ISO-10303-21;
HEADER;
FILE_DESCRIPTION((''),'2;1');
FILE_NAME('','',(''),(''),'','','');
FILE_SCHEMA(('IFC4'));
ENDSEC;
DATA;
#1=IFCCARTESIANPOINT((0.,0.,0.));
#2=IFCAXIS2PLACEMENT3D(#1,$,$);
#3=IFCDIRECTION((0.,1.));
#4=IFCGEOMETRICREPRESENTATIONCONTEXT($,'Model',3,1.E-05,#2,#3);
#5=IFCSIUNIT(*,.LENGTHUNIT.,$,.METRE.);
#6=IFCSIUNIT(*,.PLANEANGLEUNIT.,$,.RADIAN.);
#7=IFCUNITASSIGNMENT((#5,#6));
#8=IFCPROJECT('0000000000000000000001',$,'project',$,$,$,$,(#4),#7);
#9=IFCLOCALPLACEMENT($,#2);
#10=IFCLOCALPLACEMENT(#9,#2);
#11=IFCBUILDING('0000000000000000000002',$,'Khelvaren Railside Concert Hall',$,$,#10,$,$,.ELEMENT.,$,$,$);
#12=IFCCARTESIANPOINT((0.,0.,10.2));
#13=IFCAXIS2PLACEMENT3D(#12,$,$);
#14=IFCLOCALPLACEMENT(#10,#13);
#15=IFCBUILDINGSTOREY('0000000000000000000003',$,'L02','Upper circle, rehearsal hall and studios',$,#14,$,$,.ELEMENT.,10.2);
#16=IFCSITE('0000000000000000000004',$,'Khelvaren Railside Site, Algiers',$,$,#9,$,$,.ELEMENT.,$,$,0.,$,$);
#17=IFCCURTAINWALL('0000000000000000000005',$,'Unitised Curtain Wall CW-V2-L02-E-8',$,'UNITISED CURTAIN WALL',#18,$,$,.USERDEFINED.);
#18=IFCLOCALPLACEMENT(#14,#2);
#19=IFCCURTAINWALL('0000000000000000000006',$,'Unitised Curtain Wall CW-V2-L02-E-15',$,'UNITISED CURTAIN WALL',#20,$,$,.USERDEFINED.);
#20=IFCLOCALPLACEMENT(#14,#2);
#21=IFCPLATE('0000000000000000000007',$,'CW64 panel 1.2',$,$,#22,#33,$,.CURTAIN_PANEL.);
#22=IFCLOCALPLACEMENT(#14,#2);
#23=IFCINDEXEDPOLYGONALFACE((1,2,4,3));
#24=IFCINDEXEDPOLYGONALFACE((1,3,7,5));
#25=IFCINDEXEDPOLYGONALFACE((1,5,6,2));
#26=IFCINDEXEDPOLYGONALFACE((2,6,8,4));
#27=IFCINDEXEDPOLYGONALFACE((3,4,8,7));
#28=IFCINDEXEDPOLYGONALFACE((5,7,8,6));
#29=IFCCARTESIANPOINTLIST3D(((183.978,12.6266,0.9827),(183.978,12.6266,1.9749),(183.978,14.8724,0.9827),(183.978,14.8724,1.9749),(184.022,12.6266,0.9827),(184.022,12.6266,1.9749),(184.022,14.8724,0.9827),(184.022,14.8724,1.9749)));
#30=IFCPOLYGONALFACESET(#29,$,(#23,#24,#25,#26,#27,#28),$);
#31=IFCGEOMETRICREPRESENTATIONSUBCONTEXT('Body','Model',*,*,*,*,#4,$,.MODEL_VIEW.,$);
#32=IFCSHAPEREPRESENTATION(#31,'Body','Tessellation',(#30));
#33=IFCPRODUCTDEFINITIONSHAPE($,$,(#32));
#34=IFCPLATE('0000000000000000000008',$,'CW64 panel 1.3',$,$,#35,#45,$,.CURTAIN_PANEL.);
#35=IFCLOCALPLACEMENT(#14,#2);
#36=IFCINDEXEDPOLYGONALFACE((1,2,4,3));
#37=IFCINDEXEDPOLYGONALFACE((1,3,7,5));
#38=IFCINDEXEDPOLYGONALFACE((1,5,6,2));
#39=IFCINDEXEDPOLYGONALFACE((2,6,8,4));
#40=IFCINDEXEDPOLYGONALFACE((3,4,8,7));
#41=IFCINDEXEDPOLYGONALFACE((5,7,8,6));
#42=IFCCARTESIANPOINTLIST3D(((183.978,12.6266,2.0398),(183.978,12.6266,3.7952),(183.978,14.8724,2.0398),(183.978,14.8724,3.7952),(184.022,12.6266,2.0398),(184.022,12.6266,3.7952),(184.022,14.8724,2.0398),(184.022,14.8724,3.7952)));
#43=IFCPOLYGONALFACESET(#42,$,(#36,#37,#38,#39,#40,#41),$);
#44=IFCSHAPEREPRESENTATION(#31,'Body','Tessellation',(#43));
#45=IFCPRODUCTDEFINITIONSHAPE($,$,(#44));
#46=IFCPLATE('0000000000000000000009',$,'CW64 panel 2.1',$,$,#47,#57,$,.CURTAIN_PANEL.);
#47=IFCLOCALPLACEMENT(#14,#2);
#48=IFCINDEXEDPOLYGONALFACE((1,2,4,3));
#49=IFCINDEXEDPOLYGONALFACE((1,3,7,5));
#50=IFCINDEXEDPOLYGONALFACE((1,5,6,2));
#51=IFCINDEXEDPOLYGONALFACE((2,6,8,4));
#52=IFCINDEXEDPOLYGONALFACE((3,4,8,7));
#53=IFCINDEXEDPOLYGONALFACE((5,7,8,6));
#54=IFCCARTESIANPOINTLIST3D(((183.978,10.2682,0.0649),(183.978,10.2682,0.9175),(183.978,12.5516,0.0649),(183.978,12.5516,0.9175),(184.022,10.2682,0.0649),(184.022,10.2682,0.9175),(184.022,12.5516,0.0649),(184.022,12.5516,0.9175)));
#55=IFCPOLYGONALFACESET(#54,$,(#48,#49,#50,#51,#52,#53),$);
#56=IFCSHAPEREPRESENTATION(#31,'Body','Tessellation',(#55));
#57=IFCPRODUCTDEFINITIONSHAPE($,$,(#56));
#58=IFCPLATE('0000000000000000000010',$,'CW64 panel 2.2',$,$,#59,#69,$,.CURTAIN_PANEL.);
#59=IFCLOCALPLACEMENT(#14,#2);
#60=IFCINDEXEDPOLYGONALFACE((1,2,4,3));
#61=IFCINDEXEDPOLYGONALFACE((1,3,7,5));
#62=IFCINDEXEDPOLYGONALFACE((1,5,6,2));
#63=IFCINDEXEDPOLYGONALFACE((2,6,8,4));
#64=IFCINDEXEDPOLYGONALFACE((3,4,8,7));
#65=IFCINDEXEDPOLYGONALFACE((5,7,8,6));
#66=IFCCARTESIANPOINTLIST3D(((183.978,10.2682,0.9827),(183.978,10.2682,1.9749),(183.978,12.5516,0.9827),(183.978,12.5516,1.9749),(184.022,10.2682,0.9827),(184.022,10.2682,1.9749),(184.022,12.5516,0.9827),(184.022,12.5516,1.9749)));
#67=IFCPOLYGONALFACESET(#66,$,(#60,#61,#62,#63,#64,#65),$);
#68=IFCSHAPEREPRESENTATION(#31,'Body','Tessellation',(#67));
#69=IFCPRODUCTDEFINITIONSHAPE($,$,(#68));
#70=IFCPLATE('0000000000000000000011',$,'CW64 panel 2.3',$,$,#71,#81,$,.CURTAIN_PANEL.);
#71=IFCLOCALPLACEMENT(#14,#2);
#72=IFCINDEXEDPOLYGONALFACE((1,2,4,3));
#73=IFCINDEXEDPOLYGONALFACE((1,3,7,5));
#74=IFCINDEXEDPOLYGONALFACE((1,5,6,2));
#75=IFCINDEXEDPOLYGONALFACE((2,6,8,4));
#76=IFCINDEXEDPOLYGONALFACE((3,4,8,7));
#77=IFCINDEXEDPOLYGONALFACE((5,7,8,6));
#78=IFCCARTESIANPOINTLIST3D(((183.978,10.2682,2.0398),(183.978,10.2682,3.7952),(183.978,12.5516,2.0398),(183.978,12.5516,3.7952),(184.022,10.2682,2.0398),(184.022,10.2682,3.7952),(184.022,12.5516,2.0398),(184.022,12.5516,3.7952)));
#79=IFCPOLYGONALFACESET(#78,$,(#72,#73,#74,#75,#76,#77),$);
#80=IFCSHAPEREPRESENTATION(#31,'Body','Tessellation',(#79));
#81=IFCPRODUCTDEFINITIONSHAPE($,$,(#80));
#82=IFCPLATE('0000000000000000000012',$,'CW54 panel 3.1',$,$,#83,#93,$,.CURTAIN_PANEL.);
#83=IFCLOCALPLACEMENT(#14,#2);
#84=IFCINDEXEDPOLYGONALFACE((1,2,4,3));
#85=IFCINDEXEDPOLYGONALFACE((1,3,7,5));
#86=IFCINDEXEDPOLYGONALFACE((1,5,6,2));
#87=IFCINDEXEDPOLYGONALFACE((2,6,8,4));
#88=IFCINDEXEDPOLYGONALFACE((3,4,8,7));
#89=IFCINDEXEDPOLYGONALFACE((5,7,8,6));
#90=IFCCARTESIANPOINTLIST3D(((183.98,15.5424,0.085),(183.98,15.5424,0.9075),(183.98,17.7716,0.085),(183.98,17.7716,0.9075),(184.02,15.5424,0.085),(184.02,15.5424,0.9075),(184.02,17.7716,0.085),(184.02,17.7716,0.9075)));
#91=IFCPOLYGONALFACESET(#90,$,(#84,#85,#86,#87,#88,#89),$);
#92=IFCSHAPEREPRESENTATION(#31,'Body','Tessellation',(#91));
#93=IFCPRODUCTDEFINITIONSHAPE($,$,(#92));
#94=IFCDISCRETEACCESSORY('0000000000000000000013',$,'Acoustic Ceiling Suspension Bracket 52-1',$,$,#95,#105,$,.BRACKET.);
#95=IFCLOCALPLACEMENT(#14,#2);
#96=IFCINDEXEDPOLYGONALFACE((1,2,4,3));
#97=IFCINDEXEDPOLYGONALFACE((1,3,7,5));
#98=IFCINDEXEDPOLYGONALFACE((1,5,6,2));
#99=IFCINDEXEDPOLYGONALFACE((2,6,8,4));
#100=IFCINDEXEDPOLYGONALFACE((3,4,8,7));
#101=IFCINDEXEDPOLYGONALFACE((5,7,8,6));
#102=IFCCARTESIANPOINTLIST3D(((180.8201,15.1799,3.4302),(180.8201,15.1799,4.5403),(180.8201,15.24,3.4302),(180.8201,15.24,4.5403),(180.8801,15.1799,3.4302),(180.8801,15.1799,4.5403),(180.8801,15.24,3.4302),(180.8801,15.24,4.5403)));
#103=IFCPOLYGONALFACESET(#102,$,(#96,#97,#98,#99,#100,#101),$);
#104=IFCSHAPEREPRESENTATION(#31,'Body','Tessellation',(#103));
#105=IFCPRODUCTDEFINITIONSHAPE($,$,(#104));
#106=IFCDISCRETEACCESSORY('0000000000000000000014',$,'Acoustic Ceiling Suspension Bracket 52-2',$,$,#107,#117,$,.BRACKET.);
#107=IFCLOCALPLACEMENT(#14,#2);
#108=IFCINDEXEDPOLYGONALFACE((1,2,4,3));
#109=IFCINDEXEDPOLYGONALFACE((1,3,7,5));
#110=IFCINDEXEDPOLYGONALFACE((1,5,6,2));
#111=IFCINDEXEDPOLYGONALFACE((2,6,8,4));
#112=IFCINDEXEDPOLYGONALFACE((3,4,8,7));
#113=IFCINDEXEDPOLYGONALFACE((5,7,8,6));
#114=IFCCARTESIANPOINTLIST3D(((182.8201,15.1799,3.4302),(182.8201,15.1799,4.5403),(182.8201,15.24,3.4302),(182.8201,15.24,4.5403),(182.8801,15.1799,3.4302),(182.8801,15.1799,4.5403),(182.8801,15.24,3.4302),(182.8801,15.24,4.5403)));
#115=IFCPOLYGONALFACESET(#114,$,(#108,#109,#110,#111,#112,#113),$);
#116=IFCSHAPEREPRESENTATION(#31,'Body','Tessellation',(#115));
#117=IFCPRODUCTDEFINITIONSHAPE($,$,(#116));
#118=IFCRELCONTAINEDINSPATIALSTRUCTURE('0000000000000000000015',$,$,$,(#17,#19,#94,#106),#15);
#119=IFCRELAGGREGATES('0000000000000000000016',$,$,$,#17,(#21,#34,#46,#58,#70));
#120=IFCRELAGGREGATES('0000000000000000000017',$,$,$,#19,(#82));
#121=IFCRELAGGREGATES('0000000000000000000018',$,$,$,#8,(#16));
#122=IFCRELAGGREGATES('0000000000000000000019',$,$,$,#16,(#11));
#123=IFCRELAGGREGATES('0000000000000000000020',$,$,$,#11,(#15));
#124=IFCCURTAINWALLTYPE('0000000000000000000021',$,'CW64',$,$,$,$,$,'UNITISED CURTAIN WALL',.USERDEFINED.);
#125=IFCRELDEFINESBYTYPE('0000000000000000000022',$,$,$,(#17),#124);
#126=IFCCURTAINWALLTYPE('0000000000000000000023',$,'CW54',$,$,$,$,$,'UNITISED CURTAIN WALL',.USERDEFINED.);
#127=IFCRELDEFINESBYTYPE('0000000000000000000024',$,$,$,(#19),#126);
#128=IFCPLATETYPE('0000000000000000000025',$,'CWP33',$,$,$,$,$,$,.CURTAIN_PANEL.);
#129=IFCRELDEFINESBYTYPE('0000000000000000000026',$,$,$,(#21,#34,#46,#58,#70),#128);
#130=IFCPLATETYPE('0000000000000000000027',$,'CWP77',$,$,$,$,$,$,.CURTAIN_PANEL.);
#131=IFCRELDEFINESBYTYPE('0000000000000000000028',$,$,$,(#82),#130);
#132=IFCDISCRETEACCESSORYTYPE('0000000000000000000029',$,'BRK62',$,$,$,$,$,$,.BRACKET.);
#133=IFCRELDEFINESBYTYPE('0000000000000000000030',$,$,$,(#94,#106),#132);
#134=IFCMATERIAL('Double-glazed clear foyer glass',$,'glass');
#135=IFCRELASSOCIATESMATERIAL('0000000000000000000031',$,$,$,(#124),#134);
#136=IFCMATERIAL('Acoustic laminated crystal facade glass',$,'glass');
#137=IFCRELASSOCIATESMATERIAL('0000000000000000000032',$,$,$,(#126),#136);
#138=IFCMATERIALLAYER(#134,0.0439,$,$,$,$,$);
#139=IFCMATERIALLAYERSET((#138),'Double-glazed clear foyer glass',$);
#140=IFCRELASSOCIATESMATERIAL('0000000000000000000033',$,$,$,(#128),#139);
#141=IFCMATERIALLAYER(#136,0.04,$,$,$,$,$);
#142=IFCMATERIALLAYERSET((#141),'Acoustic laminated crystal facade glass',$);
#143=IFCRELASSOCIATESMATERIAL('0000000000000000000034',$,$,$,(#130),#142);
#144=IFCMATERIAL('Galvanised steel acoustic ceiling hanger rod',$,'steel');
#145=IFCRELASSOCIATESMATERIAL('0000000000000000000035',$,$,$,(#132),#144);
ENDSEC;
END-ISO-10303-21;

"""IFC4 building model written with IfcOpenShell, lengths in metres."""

from ifc_helpers import new_model, si_unit, direction, frame, origin, origin_2d, place, context, subcontext, project, spatial, rectangle, extrude, material, layer, layer_set, type_object, element, aggregate, save


model = new_model("IFC4")

# Units and contexts
model_context = context("Model", 3, precision=1e-05, world=origin(), true_north=direction((0.0, 1.0)))
body_context = subcontext(model_context, "Body", "Model", "MODEL_VIEW")
ifc_project = project(units=[si_unit("LENGTHUNIT", "METRE"), si_unit("PLANEANGLEUNIT", "RADIAN")], contexts=[model_context])

# Site, building, storey
site_placement = place(None, origin())
site = spatial("IfcSite", under=ifc_project, at=site_placement, Name="Khelvaren Railside Site, Algiers", CompositionType="ELEMENT", RefElevation=0.0)
building_placement = place(site_placement, origin())
building = spatial("IfcBuilding", under=site, at=building_placement, Name="Khelvaren Railside Concert Hall", CompositionType="ELEMENT")
storey_placement = place(building_placement, frame((0.0, 0.0, 10.2)))
storey = spatial("IfcBuildingStorey", under=building, at=storey_placement, Name="L02", Description="Upper circle, rehearsal hall and studios", CompositionType="ELEMENT", Elevation=10.2)

# Curtain wall
ifc_material_1 = material(Name="Double-glazed clear foyer glass", Category="glass")
curtain_wall_type_1 = type_object("IfcCurtainWallType", Name="CW64", ElementType="UNITISED CURTAIN WALL", PredefinedType="USERDEFINED", material=ifc_material_1)
curtain_wall_1_placement = place(storey_placement, origin())
curtain_wall_1 = element("IfcCurtainWall", 1, at=curtain_wall_1_placement, inside=storey, type_object=curtain_wall_type_1, Name="Unitised Curtain Wall CW-V2-L02-E-8", ObjectType="UNITISED CURTAIN WALL", PredefinedType="USERDEFINED")

# Curtain wall
ifc_material_2 = material(Name="Acoustic laminated crystal facade glass", Category="glass")
curtain_wall_type_2 = type_object("IfcCurtainWallType", Name="CW54", ElementType="UNITISED CURTAIN WALL", PredefinedType="USERDEFINED", material=ifc_material_2)
curtain_wall_2_placement = place(storey_placement, origin())
curtain_wall_2 = element("IfcCurtainWall", 2, at=curtain_wall_2_placement, inside=storey, type_object=curtain_wall_type_2, Name="Unitised Curtain Wall CW-V2-L02-E-15", ObjectType="UNITISED CURTAIN WALL", PredefinedType="USERDEFINED")

# Plates
ifc_layer_1 = layer(ifc_material_1, 0.0439)
ifc_layer_set_1 = layer_set([ifc_layer_1], Name="Double-glazed clear foyer glass")
plate_type_1 = type_object("IfcPlateType", Name="CWP33", PredefinedType="CURTAIN_PANEL", material=ifc_layer_set_1)
plate_1_placement = place(storey_placement, frame((184.0, 13.7495, 0.9827), z_axis=(0.0, 0.0, 1.0), x_axis=(0.0, -1.0, 0.0)))
plate_1 = element("IfcPlate", 3, at=plate_1_placement, type_object=plate_type_1, Name="CW64 panel 1.2", PredefinedType="CURTAIN_PANEL", context=body_context, shape_type="SweptSolid", body=[
    extrude(rectangle(XDim=2.2458, YDim=0.0439, at=origin_2d()), origin(), (0.0, 0.0, 1.0), 0.9922),
])
plate_2_placement = place(storey_placement, frame((184.0, 13.7495, 2.0398), z_axis=(0.0, 0.0, 1.0), x_axis=(0.0, -1.0, 0.0)))
plate_2 = element("IfcPlate", 4, at=plate_2_placement, type_object=plate_type_1, Name="CW64 panel 1.3", PredefinedType="CURTAIN_PANEL", context=body_context, shape_type="SweptSolid", body=[
    extrude(rectangle(XDim=2.2458, YDim=0.0439, at=origin_2d()), origin(), (0.0, 0.0, 1.0), 1.7554),
])
plate_3_placement = place(storey_placement, frame((184.0, 11.4099, 0.0649), z_axis=(0.0, 0.0, 1.0), x_axis=(0.0, -1.0, 0.0)))
plate_3 = element("IfcPlate", 5, at=plate_3_placement, type_object=plate_type_1, Name="CW64 panel 2.1", PredefinedType="CURTAIN_PANEL", context=body_context, shape_type="SweptSolid", body=[
    extrude(rectangle(XDim=2.2834, YDim=0.0439, at=origin_2d()), origin(), (0.0, 0.0, 1.0), 0.8525),
])
plate_4_placement = place(storey_placement, frame((184.0, 11.4099, 0.9827), z_axis=(0.0, 0.0, 1.0), x_axis=(0.0, -1.0, 0.0)))
plate_4 = element("IfcPlate", 6, at=plate_4_placement, type_object=plate_type_1, Name="CW64 panel 2.2", PredefinedType="CURTAIN_PANEL", context=body_context, shape_type="SweptSolid", body=[
    extrude(rectangle(XDim=2.2834, YDim=0.0439, at=origin_2d()), origin(), (0.0, 0.0, 1.0), 0.9922),
])
plate_5_placement = place(storey_placement, frame((184.0, 11.4099, 2.0398), z_axis=(0.0, 0.0, 1.0), x_axis=(0.0, -1.0, 0.0)))
plate_5 = element("IfcPlate", 7, at=plate_5_placement, type_object=plate_type_1, Name="CW64 panel 2.3", PredefinedType="CURTAIN_PANEL", context=body_context, shape_type="SweptSolid", body=[
    extrude(rectangle(XDim=2.2834, YDim=0.0439, at=origin_2d()), origin(), (0.0, 0.0, 1.0), 1.7554),
])
aggregate(curtain_wall_1, [plate_1, plate_2, plate_3, plate_4, plate_5])
ifc_layer_2 = layer(ifc_material_2, 0.04)
ifc_layer_set_2 = layer_set([ifc_layer_2], Name="Acoustic laminated crystal facade glass")
plate_type_2 = type_object("IfcPlateType", Name="CWP77", PredefinedType="CURTAIN_PANEL", material=ifc_layer_set_2)
plate_6_placement = place(storey_placement, frame((184.0, 16.657, 0.085), z_axis=(0.0, 0.0, 1.0), x_axis=(0.0, -1.0, 0.0)))
plate_6 = element("IfcPlate", 8, at=plate_6_placement, type_object=plate_type_2, Name="CW54 panel 3.1", PredefinedType="CURTAIN_PANEL", context=body_context, shape_type="SweptSolid", body=[
    extrude(rectangle(XDim=2.2292, YDim=0.04, at=origin_2d()), origin(), (0.0, 0.0, 1.0), 0.8225),
])
aggregate(curtain_wall_2, [plate_6])

# Discrete accessories
ifc_material_3 = material(Name="Galvanised steel acoustic ceiling hanger rod", Category="steel")
discrete_accessory_type = type_object("IfcDiscreteAccessoryType", Name="BRK62", PredefinedType="BRACKET", material=ifc_material_3)
for number, where, z_axis, x_axis, name in (
    (9, (180.8501, 15.21, 3.4302), (0.0, 0.0, 1.0), (1.0, 0.0, 0.0), "Acoustic Ceiling Suspension Bracket 52-1"),
    (10, (182.8501, 15.21, 3.4302), (0.0, 0.0, 1.0), (1.0, 0.0, 0.0), "Acoustic Ceiling Suspension Bracket 52-2"),
):
    element("IfcDiscreteAccessory", number, at=place(storey_placement, frame(where, z_axis=z_axis, x_axis=x_axis)), inside=storey, type_object=discrete_accessory_type, Name=name, PredefinedType="BRACKET", context=body_context, shape_type="SweptSolid", body=[
        extrude(rectangle(XDim=0.0601, YDim=0.0601, at=origin_2d()), origin(), (0.0, 0.0, 1.0), 1.1101),
    ])

save(model, "model.ifc")
